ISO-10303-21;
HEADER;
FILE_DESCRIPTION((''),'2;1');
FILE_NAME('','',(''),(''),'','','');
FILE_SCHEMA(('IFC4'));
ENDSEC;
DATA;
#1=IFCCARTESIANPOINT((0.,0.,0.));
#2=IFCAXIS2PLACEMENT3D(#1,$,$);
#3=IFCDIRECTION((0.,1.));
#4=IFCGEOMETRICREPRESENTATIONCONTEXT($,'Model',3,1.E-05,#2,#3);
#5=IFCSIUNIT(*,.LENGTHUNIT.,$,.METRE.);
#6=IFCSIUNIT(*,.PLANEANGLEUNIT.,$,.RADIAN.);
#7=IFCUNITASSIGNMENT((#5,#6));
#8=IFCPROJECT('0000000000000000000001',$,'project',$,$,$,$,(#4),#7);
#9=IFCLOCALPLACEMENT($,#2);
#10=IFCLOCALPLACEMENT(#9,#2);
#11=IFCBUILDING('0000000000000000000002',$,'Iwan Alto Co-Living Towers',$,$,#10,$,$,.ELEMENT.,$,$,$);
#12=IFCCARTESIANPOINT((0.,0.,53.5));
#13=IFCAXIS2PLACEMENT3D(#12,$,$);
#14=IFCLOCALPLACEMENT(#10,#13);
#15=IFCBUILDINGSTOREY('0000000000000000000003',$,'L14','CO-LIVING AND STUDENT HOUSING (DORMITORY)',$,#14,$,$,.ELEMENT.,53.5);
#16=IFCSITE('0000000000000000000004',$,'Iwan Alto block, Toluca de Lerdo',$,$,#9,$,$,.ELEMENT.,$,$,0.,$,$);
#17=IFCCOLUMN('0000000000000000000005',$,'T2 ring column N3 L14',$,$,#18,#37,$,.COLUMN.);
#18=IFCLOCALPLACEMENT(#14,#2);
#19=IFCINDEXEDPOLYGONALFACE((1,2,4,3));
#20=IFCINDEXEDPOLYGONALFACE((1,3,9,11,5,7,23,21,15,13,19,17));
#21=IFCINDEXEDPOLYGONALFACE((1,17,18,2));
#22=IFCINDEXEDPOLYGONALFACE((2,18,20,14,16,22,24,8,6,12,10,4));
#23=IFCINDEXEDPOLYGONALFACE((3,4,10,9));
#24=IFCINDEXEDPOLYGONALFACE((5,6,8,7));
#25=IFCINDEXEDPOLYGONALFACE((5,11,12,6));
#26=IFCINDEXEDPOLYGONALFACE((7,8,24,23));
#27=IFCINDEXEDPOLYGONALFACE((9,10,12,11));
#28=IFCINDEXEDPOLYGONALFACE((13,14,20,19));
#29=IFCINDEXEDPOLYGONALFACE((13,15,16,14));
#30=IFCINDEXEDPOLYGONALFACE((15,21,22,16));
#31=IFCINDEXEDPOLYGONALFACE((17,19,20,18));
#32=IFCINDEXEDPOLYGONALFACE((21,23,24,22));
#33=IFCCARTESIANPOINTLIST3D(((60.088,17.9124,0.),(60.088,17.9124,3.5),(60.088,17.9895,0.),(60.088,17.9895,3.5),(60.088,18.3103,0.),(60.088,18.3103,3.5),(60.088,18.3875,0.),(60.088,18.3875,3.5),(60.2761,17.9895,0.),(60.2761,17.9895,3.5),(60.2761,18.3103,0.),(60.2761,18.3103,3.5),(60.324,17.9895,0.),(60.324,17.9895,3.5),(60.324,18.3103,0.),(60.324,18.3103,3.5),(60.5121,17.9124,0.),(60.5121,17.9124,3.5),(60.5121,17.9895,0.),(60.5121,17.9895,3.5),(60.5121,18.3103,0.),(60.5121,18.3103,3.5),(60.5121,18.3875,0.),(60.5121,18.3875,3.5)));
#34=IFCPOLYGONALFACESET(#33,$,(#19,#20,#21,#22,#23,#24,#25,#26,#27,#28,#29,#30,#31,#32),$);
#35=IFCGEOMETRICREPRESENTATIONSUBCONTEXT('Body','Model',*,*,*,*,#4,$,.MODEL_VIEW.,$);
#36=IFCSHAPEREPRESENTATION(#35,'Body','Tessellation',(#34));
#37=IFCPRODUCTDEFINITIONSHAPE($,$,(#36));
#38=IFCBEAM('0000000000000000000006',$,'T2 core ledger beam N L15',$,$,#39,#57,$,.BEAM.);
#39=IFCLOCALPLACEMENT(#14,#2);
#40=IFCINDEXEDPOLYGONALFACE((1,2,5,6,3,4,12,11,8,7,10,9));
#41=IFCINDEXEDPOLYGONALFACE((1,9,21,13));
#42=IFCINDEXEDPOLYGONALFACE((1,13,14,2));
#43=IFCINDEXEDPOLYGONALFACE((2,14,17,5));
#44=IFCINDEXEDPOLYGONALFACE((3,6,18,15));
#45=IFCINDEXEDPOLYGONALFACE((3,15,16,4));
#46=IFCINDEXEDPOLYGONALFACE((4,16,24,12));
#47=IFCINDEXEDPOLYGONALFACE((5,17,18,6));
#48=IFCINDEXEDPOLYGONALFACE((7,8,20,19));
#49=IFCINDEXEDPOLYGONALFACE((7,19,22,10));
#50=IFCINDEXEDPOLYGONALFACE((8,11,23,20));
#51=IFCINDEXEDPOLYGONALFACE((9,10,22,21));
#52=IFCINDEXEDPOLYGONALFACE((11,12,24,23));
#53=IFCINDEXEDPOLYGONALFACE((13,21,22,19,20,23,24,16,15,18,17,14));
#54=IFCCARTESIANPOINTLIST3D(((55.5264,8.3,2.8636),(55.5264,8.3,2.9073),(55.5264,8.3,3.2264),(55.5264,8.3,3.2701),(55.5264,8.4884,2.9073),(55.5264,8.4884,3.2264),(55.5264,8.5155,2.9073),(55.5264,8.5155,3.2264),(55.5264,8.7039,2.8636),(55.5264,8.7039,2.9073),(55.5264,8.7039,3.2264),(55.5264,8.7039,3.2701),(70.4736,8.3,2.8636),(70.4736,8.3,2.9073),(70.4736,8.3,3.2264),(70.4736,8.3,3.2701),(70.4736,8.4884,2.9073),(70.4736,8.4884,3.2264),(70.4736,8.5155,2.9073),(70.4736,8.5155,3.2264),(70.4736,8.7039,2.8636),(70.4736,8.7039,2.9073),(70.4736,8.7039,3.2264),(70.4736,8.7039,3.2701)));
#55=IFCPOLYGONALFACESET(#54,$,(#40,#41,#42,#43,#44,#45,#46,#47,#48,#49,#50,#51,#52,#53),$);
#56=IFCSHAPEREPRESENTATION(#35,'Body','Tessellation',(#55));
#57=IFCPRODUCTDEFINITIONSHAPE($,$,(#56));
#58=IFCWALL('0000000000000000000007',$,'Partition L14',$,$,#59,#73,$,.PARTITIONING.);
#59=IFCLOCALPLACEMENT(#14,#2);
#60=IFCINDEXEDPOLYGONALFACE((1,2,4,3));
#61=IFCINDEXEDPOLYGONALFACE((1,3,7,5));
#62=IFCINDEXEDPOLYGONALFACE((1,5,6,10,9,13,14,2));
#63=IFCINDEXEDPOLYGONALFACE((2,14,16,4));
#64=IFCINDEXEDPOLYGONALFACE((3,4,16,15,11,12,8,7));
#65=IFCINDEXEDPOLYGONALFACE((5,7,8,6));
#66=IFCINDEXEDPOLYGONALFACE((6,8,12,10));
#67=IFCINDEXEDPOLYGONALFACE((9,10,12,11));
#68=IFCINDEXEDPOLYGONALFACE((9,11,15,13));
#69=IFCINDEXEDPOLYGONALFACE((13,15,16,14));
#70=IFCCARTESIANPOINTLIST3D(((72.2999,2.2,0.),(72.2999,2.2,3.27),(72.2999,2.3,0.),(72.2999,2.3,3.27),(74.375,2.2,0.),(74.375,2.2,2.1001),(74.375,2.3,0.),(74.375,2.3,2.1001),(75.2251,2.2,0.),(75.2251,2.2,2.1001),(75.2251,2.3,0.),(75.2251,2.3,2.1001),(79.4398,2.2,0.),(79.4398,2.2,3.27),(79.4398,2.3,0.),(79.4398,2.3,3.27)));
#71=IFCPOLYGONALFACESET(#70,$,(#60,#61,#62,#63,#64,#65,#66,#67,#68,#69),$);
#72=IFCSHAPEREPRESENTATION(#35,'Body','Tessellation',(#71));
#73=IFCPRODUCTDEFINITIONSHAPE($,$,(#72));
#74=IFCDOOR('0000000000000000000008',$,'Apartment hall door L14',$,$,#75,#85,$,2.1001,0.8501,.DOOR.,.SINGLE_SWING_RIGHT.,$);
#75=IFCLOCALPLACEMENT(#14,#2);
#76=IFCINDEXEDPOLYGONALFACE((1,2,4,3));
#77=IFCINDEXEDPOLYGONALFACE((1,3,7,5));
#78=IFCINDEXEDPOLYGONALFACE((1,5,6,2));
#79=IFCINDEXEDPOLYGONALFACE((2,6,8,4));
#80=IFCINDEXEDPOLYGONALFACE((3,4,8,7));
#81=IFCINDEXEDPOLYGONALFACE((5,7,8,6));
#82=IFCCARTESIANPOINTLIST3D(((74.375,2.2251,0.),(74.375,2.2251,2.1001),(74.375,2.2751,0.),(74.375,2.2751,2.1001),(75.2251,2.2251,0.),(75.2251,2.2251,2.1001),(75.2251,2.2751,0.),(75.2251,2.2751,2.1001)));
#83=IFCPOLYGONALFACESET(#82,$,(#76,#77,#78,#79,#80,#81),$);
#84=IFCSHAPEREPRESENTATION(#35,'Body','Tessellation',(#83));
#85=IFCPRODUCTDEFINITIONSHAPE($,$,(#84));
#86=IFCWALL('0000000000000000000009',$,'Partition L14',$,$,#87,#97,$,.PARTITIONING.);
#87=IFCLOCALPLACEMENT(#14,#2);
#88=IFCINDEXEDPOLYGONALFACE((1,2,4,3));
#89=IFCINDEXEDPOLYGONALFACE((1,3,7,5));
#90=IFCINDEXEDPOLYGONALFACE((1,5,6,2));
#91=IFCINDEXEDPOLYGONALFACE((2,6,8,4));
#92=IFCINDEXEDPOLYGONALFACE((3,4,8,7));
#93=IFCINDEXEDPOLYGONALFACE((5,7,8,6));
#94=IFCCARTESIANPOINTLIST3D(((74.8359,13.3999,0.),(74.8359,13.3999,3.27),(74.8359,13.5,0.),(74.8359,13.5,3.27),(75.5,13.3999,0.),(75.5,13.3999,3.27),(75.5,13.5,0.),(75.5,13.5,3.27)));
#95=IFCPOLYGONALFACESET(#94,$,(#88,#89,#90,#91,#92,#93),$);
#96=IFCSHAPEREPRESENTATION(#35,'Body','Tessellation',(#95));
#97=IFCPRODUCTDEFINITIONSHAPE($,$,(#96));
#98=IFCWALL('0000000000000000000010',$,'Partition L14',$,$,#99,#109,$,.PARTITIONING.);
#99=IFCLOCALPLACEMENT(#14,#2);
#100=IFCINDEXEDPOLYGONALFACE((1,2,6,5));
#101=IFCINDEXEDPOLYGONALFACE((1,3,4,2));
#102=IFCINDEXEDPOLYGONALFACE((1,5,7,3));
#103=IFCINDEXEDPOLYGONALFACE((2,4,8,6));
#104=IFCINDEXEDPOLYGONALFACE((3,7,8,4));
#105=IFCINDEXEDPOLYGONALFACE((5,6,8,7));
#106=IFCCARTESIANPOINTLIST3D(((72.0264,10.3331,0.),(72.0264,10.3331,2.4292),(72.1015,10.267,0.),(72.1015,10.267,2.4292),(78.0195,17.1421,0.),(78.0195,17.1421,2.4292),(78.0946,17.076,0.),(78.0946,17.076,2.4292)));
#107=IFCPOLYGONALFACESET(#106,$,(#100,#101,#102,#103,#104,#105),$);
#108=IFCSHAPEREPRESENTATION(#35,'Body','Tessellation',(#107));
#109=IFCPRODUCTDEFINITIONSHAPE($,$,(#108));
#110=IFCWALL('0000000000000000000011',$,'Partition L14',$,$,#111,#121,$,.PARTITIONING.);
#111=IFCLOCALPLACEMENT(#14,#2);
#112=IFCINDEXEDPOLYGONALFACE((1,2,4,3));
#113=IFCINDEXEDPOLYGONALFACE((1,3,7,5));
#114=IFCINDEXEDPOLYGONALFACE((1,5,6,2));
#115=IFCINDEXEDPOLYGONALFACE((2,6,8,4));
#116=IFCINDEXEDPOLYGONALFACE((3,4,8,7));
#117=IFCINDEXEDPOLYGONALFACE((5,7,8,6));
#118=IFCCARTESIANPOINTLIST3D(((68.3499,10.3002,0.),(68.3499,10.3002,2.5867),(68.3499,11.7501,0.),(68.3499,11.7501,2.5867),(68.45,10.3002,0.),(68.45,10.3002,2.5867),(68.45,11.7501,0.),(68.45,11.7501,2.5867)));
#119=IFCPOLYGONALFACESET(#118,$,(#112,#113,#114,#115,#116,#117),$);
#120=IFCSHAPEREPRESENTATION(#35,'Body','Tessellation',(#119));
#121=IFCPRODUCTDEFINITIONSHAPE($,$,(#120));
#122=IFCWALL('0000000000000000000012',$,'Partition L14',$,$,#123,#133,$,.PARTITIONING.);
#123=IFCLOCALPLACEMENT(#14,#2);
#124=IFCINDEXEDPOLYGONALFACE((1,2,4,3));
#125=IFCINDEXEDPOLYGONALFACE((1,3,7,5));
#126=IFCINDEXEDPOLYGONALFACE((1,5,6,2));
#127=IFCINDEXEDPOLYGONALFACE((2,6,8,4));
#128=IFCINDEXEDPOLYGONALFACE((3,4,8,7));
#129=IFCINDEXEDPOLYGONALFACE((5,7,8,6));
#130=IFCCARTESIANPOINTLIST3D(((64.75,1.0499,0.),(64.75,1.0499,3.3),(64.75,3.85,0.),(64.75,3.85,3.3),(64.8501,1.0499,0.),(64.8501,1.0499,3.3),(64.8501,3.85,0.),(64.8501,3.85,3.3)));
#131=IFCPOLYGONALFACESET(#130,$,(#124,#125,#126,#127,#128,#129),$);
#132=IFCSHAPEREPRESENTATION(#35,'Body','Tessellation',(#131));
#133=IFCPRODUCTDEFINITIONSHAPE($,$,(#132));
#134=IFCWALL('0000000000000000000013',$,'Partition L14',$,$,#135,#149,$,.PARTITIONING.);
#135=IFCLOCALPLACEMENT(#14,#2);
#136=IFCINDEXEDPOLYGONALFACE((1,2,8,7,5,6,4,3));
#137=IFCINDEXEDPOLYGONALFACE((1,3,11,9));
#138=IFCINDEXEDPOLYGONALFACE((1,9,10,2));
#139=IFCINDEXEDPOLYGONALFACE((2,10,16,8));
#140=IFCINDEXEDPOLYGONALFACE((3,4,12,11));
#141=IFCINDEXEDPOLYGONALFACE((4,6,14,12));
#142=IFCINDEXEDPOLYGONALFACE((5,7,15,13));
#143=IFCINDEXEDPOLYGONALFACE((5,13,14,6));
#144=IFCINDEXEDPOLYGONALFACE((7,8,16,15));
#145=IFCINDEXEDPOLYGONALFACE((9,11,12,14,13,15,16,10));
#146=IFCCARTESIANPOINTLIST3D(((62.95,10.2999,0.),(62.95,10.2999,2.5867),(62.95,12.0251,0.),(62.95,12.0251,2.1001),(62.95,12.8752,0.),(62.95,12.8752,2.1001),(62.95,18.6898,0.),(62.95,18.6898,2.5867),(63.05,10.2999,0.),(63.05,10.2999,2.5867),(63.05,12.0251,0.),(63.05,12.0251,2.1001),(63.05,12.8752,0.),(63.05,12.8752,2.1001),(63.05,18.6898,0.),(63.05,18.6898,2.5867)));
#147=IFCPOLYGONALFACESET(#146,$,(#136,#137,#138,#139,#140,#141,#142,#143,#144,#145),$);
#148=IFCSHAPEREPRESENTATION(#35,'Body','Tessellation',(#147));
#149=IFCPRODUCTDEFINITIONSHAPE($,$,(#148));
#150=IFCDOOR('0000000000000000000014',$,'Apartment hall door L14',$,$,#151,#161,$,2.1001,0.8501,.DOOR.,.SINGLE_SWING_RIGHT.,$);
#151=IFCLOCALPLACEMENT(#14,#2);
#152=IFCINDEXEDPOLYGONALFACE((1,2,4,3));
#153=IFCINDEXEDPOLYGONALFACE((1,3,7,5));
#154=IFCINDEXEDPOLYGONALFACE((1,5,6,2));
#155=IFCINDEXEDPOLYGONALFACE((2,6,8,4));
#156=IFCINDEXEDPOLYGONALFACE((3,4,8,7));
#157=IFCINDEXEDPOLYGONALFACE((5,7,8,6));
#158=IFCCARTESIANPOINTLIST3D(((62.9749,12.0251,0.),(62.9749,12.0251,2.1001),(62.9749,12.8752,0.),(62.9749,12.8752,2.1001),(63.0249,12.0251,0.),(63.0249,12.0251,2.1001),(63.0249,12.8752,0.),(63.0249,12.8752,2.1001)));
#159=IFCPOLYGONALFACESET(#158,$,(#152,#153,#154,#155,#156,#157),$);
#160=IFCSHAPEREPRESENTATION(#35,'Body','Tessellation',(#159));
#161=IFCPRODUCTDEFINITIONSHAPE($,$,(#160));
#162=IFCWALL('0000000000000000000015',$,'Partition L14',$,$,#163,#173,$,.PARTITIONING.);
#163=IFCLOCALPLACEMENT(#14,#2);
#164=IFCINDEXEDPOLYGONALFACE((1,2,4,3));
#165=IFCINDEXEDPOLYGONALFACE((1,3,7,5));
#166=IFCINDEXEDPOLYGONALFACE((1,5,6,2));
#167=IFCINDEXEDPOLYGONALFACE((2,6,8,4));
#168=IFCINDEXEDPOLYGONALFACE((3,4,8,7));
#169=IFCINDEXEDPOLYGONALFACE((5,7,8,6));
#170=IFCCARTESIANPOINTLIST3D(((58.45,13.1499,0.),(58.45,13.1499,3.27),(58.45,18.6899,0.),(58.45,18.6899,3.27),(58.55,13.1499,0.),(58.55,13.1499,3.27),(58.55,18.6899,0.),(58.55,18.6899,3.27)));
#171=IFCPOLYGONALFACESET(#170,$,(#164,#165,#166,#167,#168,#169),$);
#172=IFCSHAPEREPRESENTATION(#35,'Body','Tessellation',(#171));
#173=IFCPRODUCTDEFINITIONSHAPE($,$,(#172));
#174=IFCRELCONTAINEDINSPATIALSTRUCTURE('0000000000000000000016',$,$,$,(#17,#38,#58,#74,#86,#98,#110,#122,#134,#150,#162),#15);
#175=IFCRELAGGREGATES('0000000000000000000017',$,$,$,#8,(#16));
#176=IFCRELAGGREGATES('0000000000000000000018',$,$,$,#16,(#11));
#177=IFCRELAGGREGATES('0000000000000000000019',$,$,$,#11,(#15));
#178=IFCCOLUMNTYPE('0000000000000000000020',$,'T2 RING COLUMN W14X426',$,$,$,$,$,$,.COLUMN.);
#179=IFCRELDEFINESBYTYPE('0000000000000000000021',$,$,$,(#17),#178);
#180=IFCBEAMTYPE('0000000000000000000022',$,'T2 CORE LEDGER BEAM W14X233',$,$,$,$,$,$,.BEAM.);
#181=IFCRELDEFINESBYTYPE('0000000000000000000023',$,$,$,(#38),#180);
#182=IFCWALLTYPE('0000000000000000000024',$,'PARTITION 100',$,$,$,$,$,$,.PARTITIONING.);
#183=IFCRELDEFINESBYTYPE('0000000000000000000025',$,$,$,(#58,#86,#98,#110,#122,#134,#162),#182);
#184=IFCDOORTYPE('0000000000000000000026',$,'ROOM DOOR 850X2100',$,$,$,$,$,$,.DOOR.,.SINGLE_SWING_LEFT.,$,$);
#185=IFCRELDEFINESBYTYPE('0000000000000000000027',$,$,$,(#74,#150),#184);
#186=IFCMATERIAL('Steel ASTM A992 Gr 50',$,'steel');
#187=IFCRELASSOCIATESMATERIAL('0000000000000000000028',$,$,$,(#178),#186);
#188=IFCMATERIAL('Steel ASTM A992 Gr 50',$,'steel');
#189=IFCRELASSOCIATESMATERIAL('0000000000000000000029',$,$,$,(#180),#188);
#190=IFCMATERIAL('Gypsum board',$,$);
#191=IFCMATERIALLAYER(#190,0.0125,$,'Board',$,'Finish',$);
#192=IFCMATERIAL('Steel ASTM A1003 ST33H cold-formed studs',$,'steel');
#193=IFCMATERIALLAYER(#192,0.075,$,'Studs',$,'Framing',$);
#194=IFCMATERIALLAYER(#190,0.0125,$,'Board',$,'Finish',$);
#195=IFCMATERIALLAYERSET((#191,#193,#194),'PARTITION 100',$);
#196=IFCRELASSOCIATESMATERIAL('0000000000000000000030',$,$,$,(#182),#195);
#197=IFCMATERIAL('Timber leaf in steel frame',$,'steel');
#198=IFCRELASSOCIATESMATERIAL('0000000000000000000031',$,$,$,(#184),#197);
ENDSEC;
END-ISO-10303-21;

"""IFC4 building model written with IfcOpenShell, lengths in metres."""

from ifc_helpers import new_model, si_unit, direction, frame, frame_2d, origin, origin_2d, place, context, subcontext, project, spatial, rectangle, i_section, extrude, material, layer, layer_set, material_profile, profile_set, type_object, element, fill, save


model = new_model("IFC4")

# Units and contexts
model_context = context("Model", 3, precision=1e-05, world=origin(), true_north=direction((0.0, 1.0)))
body_context = subcontext(model_context, "Body", "Model", "MODEL_VIEW")
ifc_project = project(units=[si_unit("LENGTHUNIT", "METRE"), si_unit("PLANEANGLEUNIT", "RADIAN")], contexts=[model_context])

# Site, building, storey
site_placement = place(None, origin())
site = spatial("IfcSite", under=ifc_project, at=site_placement, Name="Iwan Alto block, Toluca de Lerdo", CompositionType="ELEMENT", RefElevation=0.0)
building_placement = place(site_placement, origin())
building = spatial("IfcBuilding", under=site, at=building_placement, Name="Iwan Alto Co-Living Towers", CompositionType="ELEMENT")
storey_placement = place(building_placement, frame((0.0, 0.0, 53.5)))
storey = spatial("IfcBuildingStorey", under=building, at=storey_placement, Name="L14", Description="CO-LIVING AND STUDENT HOUSING (DORMITORY)", CompositionType="ELEMENT", Elevation=53.5)

# Column
ifc_material_1 = material(Name="Steel ASTM A992 Gr 50", Category="steel")
ifc_material_profile_1 = material_profile(ifc_material_1, i_section(OverallWidth=0.4241, OverallDepth=0.4751, WebThickness=0.0479, FlangeThickness=0.0771, at=origin_2d()), Name="W14X426")
ifc_profile_set_1 = profile_set([ifc_material_profile_1], Name="Steel ASTM A992 Gr 50")
column_type = type_object("IfcColumnType", Name="T2 RING COLUMN W14X426", PredefinedType="COLUMN", material=ifc_profile_set_1)
column_placement = place(storey_placement, frame((60.3, 18.1499, 0.0), z_axis=(0.0, 0.0, 1.0), x_axis=(1.0, 0.0, 0.0)))
element("IfcColumn", 1, at=column_placement, inside=storey, type_object=column_type, Name="T2 ring column N3 L14", PredefinedType="COLUMN", context=body_context, shape_type="SweptSolid", body=[
    extrude(i_section(OverallWidth=0.4241, OverallDepth=0.4751, WebThickness=0.0479, FlangeThickness=0.0771, at=origin_2d()), origin(), (0.0, 0.0, 1.0), 3.5),
])

# Beam
ifc_material_2 = material(Name="Steel ASTM A992 Gr 50", Category="steel")
ifc_material_profile_2 = material_profile(ifc_material_2, i_section(OverallWidth=0.4038, OverallDepth=0.4065, WebThickness=0.0271, FlangeThickness=0.0437, at=origin_2d()), Name="W14X233")
ifc_profile_set_2 = profile_set([ifc_material_profile_2], Name="Steel ASTM A992 Gr 50")
beam_type = type_object("IfcBeamType", Name="T2 CORE LEDGER BEAM W14X233", PredefinedType="BEAM", material=ifc_profile_set_2)
beam_placement = place(storey_placement, frame((70.4736, 8.502, 3.0669), z_axis=(-1.0, 0.0, 0.0), x_axis=(0.0, -1.0, 0.0)))
element("IfcBeam", 2, at=beam_placement, inside=storey, type_object=beam_type, Name="T2 core ledger beam N L15", PredefinedType="BEAM", context=body_context, shape_type="SweptSolid", body=[
    extrude(i_section(OverallWidth=0.4038, OverallDepth=0.4065, WebThickness=0.0271, FlangeThickness=0.0437, at=origin_2d()), origin(), (0.0, 0.0, 1.0), 14.9473),
])

# Wall, opening, door
ifc_material_3 = material(Name="Gypsum board")
ifc_layer_1 = layer(ifc_material_3, 0.0125, Name="Board", Category="Finish")
ifc_material_4 = material(Name="Steel ASTM A1003 ST33H cold-formed studs", Category="steel")
ifc_layer_2 = layer(ifc_material_4, 0.075, Name="Studs", Category="Framing")
ifc_layer_3 = layer(ifc_material_3, 0.0125, Name="Board", Category="Finish")
ifc_layer_set_1 = layer_set([ifc_layer_1, ifc_layer_2, ifc_layer_3], Name="PARTITION 100")
wall_type_1 = type_object("IfcWallType", Name="PARTITION 100", PredefinedType="PARTITIONING", material=ifc_layer_set_1)
wall_1_placement = place(storey_placement, frame((72.3, 2.25, 0.0), z_axis=(0.0, 0.0, 1.0), x_axis=(1.0, 0.0, 0.0)))
wall_1 = element("IfcWall", 3, at=wall_1_placement, inside=storey, type_object=wall_type_1, Name="Partition L14", PredefinedType="PARTITIONING", context=body_context, shape_type="SweptSolid", body=[
    extrude(rectangle(XDim=7.1399, YDim=0.1001, at=frame_2d((3.5698, 0.0))), origin(), (0.0, 0.0, 1.0), 3.27),
])
opening_1_placement = place(wall_1_placement, frame((2.075, 0.0, 0.0)))
opening_1 = element("IfcOpeningElement", 4, at=opening_1_placement, cuts=wall_1, PredefinedType="OPENING", context=body_context, shape_type="SweptSolid", body=[
    extrude(rectangle(XDim=0.8501, YDim=2.1001, at=frame_2d((0.425, 1.05))), frame((0.0, 0.0601, 0.0), z_axis=(0.0, -1.0, 0.0), x_axis=(1.0, 0.0, 0.0)), (0.0, 0.0, 1.0), 0.1201),
])
ifc_material_5 = material(Name="Timber leaf in steel frame", Category="steel")
door_type_1 = type_object("IfcDoorType", Name="ROOM DOOR 850X2100", OperationType="SINGLE_SWING_LEFT", PredefinedType="DOOR", material=ifc_material_5)
door_1_placement = place(opening_1_placement, frame((0.8501, 0.0, 0.0), z_axis=(0.0, 0.0, 1.0), x_axis=(-1.0, 0.0, 0.0)))
door_1 = element("IfcDoor", 5, at=door_1_placement, inside=storey, type_object=door_type_1, Name="Apartment hall door L14", OperationType="SINGLE_SWING_RIGHT", OverallHeight=2.1001, OverallWidth=0.8501, PredefinedType="DOOR", context=body_context, shape_type="SweptSolid", body=[
    extrude(rectangle(XDim=0.8501, YDim=2.1001, at=frame_2d((0.425, 1.05))), frame((0.0, 0.0249, 0.0), z_axis=(0.0, -1.0, 0.0), x_axis=(1.0, 0.0, 0.0)), (0.0, 0.0, 1.0), 0.05),
])
fill(opening_1, door_1)

# Walls
wall_2_placement = place(storey_placement, frame((74.8359, 13.45, 0.0), z_axis=(0.0, 0.0, 1.0), x_axis=(1.0, 0.0, 0.0)))
element("IfcWall", 6, at=wall_2_placement, inside=storey, type_object=wall_type_1, Name="Partition L14", PredefinedType="PARTITIONING", context=body_context, shape_type="SweptSolid", body=[
    extrude(rectangle(XDim=0.6641, YDim=0.1001, at=frame_2d((0.332, 0.0))), origin(), (0.0, 0.0, 1.0), 3.27),
])
wall_3_placement = place(storey_placement, frame((72.064, 10.3, 0.0), z_axis=(0.0, 0.0, 1.0), x_axis=(0.660701, 0.750649, 0.0)))
element("IfcWall", 7, at=wall_3_placement, inside=storey, type_object=wall_type_1, Name="Partition L14", PredefinedType="PARTITIONING", context=body_context, shape_type="SweptSolid", body=[
    extrude(rectangle(XDim=9.0708, YDim=0.1001, at=frame_2d((4.5354, 0.0))), origin(), (0.0, 0.0, 1.0), 2.4292),
])
wall_4_placement = place(storey_placement, frame((68.3999, 10.3, 0.0), z_axis=(0.0, 0.0, 1.0), x_axis=(0.0, 1.0, 0.0)))
element("IfcWall", 8, at=wall_4_placement, inside=storey, type_object=wall_type_1, Name="Partition L14", PredefinedType="PARTITIONING", context=body_context, shape_type="SweptSolid", body=[
    extrude(rectangle(XDim=1.45, YDim=0.1001, at=frame_2d((0.7251, 0.0))), origin(), (0.0, 0.0, 1.0), 2.5867),
])
wall_5_placement = place(storey_placement, frame((64.8, 1.05, 0.0), z_axis=(0.0, 0.0, 1.0), x_axis=(0.0, 1.0, 0.0)))
element("IfcWall", 9, at=wall_5_placement, inside=storey, type_object=wall_type_1, Name="Partition L14", PredefinedType="PARTITIONING", context=body_context, shape_type="SweptSolid", body=[
    extrude(rectangle(XDim=2.8, YDim=0.1001, at=frame_2d((1.3999, 0.0))), origin(), (0.0, 0.0, 1.0), 3.3),
])

# Wall, opening, door
wall_6_placement = place(storey_placement, frame((63.0, 10.3, 0.0), z_axis=(0.0, 0.0, 1.0), x_axis=(0.0, 1.0, 0.0)))
wall_6 = element("IfcWall", 10, at=wall_6_placement, inside=storey, type_object=wall_type_1, Name="Partition L14", PredefinedType="PARTITIONING", context=body_context, shape_type="SweptSolid", body=[
    extrude(rectangle(XDim=8.3899, YDim=0.1001, at=frame_2d((4.1948, 0.0))), origin(), (0.0, 0.0, 1.0), 2.5867),
])
opening_2_placement = place(wall_6_placement, frame((1.7251, 0.0, 0.0)))
opening_2 = element("IfcOpeningElement", 11, at=opening_2_placement, cuts=wall_6, PredefinedType="OPENING", context=body_context, shape_type="SweptSolid", body=[
    extrude(rectangle(XDim=0.8501, YDim=2.1001, at=frame_2d((0.425, 1.05))), frame((0.0, 0.0601, 0.0), z_axis=(0.0, -1.0, 0.0), x_axis=(1.0, 0.0, 0.0)), (0.0, 0.0, 1.0), 0.1201),
])
door_2_placement = place(opening_2_placement, frame((0.8501, 0.0, 0.0), z_axis=(0.0, 0.0, 1.0), x_axis=(-1.0, 0.0, 0.0)))
door_2 = element("IfcDoor", 12, at=door_2_placement, inside=storey, type_object=door_type_1, Name="Apartment hall door L14", OperationType="SINGLE_SWING_RIGHT", OverallHeight=2.1001, OverallWidth=0.8501, PredefinedType="DOOR", context=body_context, shape_type="SweptSolid", body=[
    extrude(rectangle(XDim=0.8501, YDim=2.1001, at=frame_2d((0.425, 1.05))), frame((0.0, 0.0249, 0.0), z_axis=(0.0, -1.0, 0.0), x_axis=(1.0, 0.0, 0.0)), (0.0, 0.0, 1.0), 0.05),
])
fill(opening_2, door_2)

# Wall
wall_7_placement = place(storey_placement, frame((58.5, 13.1499, 0.0), z_axis=(0.0, 0.0, 1.0), x_axis=(0.0, 1.0, 0.0)))
element("IfcWall", 13, at=wall_7_placement, inside=storey, type_object=wall_type_1, Name="Partition L14", PredefinedType="PARTITIONING", context=body_context, shape_type="SweptSolid", body=[
    extrude(rectangle(XDim=5.54, YDim=0.1001, at=frame_2d((2.77, 0.0))), origin(), (0.0, 0.0, 1.0), 3.27),
])

save(model, "model.ifc")
